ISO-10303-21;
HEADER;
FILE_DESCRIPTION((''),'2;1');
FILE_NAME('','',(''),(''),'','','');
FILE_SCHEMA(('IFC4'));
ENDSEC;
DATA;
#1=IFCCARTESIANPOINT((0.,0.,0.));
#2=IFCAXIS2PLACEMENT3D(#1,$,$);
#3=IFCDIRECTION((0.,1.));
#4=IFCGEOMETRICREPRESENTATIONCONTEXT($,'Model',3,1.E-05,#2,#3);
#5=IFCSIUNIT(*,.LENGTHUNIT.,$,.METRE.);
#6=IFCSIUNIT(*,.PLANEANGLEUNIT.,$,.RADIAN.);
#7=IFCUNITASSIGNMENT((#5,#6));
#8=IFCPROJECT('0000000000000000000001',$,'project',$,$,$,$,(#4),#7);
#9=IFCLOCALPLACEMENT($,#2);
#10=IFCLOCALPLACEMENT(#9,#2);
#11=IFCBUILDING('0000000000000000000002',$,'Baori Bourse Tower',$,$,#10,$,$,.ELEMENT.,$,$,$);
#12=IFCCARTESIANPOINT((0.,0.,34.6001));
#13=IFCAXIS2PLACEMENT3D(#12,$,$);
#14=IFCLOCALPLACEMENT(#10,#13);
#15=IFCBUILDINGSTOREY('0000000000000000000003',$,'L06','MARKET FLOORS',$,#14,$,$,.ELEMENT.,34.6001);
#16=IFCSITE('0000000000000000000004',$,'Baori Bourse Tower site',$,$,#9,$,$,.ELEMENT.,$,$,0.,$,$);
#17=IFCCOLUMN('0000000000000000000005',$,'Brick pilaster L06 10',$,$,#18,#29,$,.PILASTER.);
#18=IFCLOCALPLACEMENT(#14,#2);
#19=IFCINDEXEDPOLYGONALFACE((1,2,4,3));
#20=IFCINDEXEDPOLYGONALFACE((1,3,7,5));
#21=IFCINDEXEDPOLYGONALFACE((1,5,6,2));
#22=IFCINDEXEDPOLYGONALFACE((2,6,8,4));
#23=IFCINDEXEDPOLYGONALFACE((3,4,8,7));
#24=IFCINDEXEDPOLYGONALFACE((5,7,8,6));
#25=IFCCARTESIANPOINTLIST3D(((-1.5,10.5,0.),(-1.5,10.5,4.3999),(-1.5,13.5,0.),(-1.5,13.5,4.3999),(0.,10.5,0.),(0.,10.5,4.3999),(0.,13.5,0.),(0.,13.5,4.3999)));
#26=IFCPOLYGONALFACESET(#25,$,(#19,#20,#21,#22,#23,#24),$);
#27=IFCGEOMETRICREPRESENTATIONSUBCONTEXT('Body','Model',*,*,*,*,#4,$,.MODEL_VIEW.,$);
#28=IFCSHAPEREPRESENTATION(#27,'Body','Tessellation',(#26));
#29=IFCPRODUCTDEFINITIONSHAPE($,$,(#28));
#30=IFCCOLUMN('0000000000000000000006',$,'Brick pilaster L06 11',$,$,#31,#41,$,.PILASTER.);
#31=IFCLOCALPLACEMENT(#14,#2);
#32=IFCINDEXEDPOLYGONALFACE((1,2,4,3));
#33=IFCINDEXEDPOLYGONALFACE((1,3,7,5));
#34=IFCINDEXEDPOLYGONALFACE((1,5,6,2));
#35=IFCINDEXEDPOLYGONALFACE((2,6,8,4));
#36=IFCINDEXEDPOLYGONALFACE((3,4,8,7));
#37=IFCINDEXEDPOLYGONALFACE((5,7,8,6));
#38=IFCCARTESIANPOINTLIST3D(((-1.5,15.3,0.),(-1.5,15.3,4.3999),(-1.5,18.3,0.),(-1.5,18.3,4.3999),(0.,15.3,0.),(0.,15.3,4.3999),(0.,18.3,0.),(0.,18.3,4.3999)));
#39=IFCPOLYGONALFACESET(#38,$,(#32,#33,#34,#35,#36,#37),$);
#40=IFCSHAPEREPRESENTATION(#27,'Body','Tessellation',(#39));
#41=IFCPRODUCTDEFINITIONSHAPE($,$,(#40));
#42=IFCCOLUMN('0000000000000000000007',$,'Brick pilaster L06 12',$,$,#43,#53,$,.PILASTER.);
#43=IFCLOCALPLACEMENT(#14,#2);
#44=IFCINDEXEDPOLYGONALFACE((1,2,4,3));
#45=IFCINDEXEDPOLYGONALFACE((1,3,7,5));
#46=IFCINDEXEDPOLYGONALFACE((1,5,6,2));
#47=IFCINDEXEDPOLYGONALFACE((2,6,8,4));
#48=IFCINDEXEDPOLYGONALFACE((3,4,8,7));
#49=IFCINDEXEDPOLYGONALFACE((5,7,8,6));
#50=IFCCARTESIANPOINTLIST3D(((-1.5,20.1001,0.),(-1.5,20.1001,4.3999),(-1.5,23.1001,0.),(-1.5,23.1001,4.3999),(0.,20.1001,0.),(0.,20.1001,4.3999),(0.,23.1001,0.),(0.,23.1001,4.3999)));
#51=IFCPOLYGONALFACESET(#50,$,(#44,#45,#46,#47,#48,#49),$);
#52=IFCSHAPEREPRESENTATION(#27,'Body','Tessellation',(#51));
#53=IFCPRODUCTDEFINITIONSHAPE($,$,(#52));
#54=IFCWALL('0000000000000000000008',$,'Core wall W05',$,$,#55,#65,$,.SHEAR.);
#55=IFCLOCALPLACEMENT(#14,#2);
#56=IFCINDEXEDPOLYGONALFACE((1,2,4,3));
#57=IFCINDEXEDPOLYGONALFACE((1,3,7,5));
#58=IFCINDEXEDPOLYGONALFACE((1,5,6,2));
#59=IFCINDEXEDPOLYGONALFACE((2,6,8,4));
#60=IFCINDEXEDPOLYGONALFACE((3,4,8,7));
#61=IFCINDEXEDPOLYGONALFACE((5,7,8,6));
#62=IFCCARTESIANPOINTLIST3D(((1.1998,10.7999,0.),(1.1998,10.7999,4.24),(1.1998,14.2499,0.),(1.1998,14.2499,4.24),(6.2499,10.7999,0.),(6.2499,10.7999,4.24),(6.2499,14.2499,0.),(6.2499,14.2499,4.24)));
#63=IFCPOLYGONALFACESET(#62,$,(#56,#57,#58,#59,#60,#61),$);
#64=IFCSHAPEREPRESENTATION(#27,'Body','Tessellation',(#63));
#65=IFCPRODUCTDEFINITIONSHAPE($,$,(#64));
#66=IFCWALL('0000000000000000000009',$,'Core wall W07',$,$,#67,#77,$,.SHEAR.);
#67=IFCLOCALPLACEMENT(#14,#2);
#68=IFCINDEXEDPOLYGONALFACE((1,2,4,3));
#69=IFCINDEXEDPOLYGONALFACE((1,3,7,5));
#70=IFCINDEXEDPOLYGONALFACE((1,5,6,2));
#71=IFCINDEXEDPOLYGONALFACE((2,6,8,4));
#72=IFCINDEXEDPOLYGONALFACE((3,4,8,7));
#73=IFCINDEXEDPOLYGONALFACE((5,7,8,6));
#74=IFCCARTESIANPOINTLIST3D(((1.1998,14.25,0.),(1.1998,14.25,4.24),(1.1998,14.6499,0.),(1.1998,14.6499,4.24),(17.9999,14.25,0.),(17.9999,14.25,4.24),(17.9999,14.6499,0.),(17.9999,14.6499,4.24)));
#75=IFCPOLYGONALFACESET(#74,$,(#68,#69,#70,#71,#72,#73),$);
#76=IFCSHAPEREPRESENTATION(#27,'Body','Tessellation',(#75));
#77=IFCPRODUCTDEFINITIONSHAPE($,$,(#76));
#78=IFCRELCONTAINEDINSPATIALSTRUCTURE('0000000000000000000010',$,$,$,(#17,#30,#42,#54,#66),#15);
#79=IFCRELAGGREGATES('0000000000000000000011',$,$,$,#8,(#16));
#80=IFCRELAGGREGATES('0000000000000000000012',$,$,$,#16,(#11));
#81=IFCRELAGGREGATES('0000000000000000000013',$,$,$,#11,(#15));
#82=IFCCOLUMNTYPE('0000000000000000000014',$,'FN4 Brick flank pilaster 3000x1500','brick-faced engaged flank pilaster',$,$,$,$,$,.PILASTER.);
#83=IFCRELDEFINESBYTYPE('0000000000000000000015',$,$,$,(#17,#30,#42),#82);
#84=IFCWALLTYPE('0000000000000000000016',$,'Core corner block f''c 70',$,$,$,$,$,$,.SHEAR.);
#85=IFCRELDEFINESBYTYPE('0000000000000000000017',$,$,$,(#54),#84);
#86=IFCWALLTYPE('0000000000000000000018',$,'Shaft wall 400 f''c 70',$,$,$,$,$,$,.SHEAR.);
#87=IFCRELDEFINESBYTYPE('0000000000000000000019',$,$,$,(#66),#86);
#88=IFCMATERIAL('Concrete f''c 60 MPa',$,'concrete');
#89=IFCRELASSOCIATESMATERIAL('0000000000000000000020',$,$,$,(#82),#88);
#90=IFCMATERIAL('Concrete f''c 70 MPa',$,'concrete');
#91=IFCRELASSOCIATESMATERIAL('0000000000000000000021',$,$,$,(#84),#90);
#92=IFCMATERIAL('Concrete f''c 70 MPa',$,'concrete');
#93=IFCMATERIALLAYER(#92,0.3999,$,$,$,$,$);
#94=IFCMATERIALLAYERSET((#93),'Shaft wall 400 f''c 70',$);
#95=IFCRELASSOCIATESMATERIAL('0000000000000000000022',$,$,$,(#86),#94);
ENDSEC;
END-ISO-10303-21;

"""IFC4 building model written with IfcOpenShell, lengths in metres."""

from ifc_helpers import new_model, si_unit, direction, frame, frame_2d, origin, origin_2d, place, context, subcontext, project, spatial, rectangle, extrude, material, layer, layer_set, material_profile, profile_set, type_object, element, save


model = new_model("IFC4")

# Units and contexts
model_context = context("Model", 3, precision=1e-05, world=origin(), true_north=direction((0.0, 1.0)))
body_context = subcontext(model_context, "Body", "Model", "MODEL_VIEW")
ifc_project = project(units=[si_unit("LENGTHUNIT", "METRE"), si_unit("PLANEANGLEUNIT", "RADIAN")], contexts=[model_context])

# Site, building, storey
site_placement = place(None, origin())
site = spatial("IfcSite", under=ifc_project, at=site_placement, Name="Baori Bourse Tower site", CompositionType="ELEMENT", RefElevation=0.0)
building_placement = place(site_placement, origin())
building = spatial("IfcBuilding", under=site, at=building_placement, Name="Baori Bourse Tower", CompositionType="ELEMENT")
storey_placement = place(building_placement, frame((0.0, 0.0, 34.6001)))
storey = spatial("IfcBuildingStorey", under=building, at=storey_placement, Name="L06", Description="MARKET FLOORS", CompositionType="ELEMENT", Elevation=34.6001)

# Columns
ifc_material_1 = material(Name="Concrete f'c 60 MPa", Category="concrete")
ifc_material_profile = material_profile(ifc_material_1, rectangle(XDim=3.0, YDim=1.5, at=origin_2d()), Name="RC 3000x1500")
ifc_profile_set = profile_set([ifc_material_profile], Name="Concrete f'c 60 MPa")
column_type = type_object("IfcColumnType", Name="FN4 Brick flank pilaster 3000x1500", Description="brick-faced engaged flank pilaster", PredefinedType="PILASTER", material=ifc_profile_set)
for number, where, z_axis, x_axis, name in (
    (1, (-0.75, 12.0, 0.0), (0.0, 0.0, 1.0), (0.0, 1.0, 0.0), "Brick pilaster L06 10"),
    (2, (-0.75, 16.8, 0.0), (0.0, 0.0, 1.0), (0.0, 1.0, 0.0), "Brick pilaster L06 11"),
    (3, (-0.75, 21.6001, 0.0), (0.0, 0.0, 1.0), (0.0, 1.0, 0.0), "Brick pilaster L06 12"),
):
    element("IfcColumn", number, at=place(storey_placement, frame(where, z_axis=z_axis, x_axis=x_axis)), inside=storey, type_object=column_type, Name=name, PredefinedType="PILASTER", context=body_context, shape_type="SweptSolid", body=[
        extrude(rectangle(XDim=3.0, YDim=1.5, at=origin_2d()), origin(), (0.0, 0.0, 1.0), 4.3999),
    ])

# Walls
ifc_material_2 = material(Name="Concrete f'c 70 MPa", Category="concrete")
wall_type_1 = type_object("IfcWallType", Name="Core corner block f'c 70", PredefinedType="SHEAR", material=ifc_material_2)
wall_1_placement = place(storey_placement, frame((1.2, 12.5249, 0.0), z_axis=(0.0, 0.0, 1.0), x_axis=(1.0, 0.0, 0.0)))
element("IfcWall", 4, at=wall_1_placement, inside=storey, type_object=wall_type_1, Name="Core wall W05", PredefinedType="SHEAR", context=body_context, shape_type="SweptSolid", body=[
    extrude(rectangle(XDim=5.05, YDim=3.45, at=frame_2d((2.5249, 0.0))), origin(), (0.0, 0.0, 1.0), 4.24),
])
ifc_material_3 = material(Name="Concrete f'c 70 MPa", Category="concrete")
ifc_layer_1 = layer(ifc_material_3, 0.3999)
ifc_layer_set_1 = layer_set([ifc_layer_1], Name="Shaft wall 400 f'c 70")
wall_type_2 = type_object("IfcWallType", Name="Shaft wall 400 f'c 70", PredefinedType="SHEAR", material=ifc_layer_set_1)
wall_2_placement = place(storey_placement, frame((1.2, 14.45, 0.0), z_axis=(0.0, 0.0, 1.0), x_axis=(1.0, 0.0, 0.0)))
element("IfcWall", 5, at=wall_2_placement, inside=storey, type_object=wall_type_2, Name="Core wall W07", PredefinedType="SHEAR", context=body_context, shape_type="SweptSolid", body=[
    extrude(rectangle(XDim=16.8, YDim=0.3999, at=frame_2d((8.3999, 0.0))), origin(), (0.0, 0.0, 1.0), 4.24),
])

save(model, "model.ifc")
